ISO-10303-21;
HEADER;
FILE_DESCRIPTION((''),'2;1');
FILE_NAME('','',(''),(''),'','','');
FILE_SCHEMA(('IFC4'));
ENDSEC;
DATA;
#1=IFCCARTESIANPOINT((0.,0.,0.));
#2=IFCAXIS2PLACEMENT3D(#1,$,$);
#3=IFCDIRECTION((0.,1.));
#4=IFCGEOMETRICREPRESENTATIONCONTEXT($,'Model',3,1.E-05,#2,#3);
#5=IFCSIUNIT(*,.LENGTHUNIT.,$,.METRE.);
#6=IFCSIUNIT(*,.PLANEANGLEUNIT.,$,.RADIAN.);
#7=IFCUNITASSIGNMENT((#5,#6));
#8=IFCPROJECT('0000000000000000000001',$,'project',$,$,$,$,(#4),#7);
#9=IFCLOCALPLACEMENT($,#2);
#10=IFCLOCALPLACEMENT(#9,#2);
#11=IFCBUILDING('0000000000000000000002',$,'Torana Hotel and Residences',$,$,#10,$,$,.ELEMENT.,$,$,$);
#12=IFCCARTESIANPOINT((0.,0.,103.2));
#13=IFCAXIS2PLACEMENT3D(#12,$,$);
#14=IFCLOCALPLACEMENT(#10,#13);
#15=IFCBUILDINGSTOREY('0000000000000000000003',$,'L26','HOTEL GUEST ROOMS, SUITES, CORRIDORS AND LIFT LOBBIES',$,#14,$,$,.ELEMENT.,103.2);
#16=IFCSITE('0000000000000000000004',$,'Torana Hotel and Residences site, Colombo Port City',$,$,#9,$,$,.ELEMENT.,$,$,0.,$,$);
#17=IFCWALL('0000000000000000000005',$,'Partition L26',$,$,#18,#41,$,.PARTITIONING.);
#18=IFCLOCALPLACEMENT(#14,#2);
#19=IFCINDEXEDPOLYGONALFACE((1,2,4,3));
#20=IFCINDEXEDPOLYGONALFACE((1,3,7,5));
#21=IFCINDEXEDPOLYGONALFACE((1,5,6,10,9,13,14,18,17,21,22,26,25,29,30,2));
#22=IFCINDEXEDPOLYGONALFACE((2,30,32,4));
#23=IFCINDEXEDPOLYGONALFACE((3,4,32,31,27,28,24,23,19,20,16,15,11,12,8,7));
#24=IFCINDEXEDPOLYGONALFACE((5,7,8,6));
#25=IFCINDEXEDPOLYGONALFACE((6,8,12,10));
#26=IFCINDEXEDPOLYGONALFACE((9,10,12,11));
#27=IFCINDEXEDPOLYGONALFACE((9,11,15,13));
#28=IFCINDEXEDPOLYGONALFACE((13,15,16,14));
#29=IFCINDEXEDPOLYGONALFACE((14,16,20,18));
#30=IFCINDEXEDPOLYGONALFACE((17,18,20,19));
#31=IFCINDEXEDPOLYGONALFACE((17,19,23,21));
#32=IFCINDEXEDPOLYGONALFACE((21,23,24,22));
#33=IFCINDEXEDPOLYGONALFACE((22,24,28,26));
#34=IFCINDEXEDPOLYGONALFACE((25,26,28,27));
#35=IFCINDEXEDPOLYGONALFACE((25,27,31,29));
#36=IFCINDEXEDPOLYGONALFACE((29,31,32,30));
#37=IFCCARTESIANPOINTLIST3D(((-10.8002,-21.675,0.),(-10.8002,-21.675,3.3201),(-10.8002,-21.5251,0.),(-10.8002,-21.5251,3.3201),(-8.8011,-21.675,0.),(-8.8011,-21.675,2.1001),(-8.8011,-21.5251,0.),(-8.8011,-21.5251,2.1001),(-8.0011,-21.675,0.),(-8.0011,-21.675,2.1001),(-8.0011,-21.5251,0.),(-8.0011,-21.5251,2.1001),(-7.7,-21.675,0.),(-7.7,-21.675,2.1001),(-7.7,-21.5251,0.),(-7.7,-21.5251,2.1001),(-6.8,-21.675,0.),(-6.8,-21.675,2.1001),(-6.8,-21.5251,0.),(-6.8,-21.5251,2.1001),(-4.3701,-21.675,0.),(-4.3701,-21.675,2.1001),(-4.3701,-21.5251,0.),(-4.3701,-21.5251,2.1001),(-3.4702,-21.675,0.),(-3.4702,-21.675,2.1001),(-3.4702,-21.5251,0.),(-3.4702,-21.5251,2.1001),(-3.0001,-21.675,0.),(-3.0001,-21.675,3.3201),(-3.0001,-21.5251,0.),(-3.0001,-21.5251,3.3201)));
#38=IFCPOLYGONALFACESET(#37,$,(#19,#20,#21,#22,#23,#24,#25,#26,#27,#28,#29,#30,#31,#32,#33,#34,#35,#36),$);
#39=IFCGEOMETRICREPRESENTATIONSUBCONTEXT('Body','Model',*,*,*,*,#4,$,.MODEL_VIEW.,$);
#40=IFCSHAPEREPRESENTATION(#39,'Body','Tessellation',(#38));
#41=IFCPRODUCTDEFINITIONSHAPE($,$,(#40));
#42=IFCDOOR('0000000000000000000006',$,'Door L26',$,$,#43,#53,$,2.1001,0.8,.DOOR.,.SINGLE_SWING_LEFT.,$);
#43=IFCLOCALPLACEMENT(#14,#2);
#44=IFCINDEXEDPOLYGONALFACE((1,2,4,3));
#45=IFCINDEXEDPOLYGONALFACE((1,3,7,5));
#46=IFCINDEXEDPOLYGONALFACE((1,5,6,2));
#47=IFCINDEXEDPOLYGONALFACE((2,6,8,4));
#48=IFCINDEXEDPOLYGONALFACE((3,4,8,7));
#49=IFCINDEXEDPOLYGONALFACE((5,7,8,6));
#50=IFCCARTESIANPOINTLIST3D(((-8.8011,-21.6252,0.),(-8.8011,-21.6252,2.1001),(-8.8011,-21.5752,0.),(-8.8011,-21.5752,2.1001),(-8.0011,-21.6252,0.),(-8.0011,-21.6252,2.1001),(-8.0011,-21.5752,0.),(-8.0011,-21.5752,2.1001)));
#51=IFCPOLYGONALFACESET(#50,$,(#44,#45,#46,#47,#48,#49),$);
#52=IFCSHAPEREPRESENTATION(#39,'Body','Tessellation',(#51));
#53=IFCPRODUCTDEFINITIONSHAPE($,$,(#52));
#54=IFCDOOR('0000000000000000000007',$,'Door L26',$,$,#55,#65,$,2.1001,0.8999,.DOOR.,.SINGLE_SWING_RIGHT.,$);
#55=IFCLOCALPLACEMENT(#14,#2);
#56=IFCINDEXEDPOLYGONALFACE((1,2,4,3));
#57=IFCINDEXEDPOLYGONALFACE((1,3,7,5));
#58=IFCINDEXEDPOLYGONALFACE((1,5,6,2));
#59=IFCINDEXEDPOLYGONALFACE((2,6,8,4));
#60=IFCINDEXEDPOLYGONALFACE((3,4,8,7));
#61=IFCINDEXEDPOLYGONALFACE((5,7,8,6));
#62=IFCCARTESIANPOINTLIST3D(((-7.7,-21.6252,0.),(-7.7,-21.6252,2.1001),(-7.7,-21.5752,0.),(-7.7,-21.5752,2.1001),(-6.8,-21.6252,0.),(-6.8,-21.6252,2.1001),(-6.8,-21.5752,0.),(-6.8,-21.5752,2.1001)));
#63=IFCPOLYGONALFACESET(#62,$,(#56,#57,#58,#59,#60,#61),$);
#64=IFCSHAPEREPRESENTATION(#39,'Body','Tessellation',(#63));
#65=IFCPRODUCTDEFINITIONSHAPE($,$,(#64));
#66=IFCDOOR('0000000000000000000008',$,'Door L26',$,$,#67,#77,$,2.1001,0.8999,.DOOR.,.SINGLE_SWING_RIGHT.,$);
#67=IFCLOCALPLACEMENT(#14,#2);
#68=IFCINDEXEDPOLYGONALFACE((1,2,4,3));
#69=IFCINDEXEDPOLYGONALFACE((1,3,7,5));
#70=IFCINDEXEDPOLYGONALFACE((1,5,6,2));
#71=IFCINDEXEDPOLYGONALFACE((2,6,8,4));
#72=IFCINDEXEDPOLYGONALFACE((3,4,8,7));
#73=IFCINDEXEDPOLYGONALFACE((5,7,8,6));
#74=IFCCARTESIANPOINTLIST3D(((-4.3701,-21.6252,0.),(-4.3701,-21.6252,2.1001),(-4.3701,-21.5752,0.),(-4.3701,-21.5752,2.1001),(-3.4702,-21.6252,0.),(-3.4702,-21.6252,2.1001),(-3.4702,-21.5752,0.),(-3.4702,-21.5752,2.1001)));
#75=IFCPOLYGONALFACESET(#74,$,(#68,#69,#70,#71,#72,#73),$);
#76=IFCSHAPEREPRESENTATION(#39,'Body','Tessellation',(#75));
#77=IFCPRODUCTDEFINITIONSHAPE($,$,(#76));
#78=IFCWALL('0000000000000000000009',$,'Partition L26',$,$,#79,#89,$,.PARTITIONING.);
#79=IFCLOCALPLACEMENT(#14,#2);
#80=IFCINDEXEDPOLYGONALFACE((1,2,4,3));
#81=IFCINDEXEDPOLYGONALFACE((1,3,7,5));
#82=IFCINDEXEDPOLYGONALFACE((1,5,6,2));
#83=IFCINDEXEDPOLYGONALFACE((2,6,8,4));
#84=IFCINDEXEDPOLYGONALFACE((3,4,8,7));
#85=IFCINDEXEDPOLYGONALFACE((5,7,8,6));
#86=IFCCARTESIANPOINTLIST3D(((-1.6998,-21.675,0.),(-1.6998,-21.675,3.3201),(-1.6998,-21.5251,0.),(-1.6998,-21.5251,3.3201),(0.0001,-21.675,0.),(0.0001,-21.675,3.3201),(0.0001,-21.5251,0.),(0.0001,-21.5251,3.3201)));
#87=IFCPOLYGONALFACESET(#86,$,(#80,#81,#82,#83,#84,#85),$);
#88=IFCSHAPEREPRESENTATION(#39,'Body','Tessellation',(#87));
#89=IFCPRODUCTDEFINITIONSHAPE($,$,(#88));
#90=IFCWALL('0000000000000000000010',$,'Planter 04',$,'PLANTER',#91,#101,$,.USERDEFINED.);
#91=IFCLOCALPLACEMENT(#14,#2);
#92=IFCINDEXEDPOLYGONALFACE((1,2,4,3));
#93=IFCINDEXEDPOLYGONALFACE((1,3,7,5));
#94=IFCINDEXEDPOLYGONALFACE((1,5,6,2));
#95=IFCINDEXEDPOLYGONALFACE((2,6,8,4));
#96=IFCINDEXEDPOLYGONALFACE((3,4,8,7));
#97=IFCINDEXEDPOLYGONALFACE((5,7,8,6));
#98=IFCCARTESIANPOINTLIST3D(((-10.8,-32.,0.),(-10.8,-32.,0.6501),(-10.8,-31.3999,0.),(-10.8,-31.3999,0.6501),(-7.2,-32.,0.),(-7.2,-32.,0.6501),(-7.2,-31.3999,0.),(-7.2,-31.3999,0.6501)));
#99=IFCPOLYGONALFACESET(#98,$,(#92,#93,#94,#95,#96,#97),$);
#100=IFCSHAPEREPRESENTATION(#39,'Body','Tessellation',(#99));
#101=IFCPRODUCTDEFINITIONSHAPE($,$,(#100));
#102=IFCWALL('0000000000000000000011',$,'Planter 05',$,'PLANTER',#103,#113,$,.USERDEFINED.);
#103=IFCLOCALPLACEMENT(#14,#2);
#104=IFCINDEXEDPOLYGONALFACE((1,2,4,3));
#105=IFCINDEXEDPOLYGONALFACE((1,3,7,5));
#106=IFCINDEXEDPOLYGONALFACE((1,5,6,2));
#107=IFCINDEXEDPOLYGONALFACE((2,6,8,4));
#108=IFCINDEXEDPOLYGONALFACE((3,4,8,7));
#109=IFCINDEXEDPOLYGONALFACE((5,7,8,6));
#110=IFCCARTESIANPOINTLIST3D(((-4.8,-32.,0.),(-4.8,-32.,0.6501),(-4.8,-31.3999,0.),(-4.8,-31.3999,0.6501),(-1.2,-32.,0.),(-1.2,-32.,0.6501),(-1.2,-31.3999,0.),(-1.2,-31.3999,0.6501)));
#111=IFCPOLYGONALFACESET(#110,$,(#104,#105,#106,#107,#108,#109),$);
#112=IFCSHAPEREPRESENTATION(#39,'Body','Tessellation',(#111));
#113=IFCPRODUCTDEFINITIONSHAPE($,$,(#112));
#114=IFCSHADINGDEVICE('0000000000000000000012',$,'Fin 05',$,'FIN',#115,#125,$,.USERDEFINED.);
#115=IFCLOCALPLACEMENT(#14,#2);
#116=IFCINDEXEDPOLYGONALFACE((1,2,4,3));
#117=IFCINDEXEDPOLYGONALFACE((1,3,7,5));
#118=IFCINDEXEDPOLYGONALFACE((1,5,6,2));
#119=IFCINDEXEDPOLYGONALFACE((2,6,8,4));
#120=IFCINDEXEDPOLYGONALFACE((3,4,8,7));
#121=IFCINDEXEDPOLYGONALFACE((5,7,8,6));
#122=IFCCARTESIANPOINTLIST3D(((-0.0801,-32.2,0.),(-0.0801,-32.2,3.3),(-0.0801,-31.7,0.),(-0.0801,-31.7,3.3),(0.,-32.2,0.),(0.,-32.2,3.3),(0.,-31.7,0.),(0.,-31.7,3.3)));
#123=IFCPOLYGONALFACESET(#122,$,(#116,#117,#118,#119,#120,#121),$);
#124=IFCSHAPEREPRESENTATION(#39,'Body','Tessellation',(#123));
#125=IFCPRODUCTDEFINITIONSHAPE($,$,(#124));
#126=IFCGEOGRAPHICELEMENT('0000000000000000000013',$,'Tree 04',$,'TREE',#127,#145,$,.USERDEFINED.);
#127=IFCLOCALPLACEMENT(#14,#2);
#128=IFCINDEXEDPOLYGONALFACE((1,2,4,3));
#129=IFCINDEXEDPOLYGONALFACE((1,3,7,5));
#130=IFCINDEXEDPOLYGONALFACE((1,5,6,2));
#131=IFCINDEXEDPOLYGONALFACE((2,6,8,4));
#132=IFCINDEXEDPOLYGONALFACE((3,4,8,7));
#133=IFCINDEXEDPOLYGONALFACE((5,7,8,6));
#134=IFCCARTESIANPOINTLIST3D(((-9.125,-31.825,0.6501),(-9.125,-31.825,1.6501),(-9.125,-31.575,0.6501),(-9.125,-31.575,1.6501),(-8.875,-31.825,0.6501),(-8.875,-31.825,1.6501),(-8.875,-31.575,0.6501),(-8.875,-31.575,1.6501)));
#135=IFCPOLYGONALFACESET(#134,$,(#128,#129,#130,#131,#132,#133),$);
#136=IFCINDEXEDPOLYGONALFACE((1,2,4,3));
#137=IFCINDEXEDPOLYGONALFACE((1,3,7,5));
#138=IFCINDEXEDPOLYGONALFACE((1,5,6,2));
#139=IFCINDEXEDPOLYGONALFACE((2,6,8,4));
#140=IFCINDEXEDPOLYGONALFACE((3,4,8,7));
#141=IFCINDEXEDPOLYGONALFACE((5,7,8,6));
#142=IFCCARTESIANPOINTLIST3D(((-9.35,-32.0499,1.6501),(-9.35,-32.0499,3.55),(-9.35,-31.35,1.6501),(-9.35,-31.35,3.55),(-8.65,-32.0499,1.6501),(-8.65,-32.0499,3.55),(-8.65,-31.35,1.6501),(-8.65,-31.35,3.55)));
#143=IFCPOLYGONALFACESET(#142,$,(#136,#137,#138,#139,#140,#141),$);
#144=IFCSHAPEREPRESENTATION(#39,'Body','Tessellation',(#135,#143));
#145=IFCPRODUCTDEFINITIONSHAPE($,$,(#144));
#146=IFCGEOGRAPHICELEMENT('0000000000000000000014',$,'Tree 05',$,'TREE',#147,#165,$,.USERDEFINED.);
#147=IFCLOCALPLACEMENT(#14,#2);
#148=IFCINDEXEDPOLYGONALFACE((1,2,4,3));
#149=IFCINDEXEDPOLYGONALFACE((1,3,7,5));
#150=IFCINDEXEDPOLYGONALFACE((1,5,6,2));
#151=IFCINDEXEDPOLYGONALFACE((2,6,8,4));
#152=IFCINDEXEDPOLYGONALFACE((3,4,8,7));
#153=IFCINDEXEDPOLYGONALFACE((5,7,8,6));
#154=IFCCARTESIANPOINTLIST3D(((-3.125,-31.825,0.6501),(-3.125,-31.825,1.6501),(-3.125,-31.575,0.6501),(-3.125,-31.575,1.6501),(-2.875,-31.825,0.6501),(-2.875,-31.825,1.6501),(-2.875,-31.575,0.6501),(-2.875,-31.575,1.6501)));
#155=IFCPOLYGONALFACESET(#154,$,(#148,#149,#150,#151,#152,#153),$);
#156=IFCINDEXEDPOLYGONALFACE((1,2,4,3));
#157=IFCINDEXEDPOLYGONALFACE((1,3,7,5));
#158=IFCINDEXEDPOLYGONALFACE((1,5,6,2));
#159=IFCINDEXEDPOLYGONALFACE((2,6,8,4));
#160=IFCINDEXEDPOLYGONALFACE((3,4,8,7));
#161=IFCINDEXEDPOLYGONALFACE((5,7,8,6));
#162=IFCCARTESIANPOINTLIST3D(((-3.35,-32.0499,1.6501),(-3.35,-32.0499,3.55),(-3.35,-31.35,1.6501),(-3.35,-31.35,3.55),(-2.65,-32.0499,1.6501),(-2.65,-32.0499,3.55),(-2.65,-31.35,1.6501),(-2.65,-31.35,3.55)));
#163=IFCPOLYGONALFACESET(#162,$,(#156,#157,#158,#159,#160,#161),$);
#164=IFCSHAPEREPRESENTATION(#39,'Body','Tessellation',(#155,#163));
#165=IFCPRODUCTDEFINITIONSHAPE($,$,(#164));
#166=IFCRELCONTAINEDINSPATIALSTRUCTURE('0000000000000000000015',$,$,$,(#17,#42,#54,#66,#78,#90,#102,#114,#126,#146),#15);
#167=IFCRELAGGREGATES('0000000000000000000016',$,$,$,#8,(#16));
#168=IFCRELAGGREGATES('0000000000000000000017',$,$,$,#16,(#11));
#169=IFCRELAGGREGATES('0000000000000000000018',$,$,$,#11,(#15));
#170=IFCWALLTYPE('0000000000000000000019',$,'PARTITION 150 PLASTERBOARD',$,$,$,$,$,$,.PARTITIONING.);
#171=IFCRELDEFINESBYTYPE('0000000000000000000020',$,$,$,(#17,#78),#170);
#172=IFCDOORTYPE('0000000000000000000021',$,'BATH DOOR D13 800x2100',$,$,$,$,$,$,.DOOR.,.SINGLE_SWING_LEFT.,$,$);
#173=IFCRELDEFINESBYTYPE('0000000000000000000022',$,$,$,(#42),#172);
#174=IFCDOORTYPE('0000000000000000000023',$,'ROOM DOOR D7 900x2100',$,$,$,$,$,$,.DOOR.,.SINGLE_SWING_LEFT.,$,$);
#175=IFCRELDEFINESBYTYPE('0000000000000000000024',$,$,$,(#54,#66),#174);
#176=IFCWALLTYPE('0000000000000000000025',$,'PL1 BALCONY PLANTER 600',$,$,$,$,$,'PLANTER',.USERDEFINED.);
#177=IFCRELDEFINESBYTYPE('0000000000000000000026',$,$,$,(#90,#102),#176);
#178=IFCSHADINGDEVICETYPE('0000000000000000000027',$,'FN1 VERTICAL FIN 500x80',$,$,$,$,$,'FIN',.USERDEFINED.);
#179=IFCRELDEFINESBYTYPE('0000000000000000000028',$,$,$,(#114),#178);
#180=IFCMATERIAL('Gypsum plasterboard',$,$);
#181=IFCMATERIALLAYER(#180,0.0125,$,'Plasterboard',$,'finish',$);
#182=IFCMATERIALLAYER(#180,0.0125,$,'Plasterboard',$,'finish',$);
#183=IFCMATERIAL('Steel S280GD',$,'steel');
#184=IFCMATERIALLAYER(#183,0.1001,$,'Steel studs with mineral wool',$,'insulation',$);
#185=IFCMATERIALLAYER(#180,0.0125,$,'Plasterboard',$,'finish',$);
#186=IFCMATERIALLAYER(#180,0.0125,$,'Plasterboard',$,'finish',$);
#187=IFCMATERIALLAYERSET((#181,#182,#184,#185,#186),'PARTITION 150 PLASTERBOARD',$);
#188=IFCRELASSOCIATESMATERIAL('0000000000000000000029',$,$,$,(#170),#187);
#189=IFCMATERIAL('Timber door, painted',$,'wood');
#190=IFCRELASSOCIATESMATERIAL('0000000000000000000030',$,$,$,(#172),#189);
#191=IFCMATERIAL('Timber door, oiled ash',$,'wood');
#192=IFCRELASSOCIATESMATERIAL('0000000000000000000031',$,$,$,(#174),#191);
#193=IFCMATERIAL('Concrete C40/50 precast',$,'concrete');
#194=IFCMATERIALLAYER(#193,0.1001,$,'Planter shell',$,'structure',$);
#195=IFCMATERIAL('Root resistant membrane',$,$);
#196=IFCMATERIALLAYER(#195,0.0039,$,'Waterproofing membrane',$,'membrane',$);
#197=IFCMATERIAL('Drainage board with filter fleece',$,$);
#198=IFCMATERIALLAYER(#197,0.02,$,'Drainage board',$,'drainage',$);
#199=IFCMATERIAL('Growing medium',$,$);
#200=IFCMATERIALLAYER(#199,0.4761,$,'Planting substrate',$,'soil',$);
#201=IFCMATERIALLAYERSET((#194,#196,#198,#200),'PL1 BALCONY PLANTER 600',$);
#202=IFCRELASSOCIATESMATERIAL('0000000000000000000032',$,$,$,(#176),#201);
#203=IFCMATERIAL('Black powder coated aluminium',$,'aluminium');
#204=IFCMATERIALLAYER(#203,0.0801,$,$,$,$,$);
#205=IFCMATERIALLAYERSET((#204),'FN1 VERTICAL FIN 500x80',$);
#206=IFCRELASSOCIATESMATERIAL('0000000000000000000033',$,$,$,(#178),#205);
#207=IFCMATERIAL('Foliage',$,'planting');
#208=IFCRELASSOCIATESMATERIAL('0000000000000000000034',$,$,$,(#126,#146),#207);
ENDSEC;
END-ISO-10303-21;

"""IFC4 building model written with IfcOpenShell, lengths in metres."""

from ifc_helpers import new_model, si_unit, direction, frame, frame_2d, origin, origin_2d, place, context, subcontext, project, spatial, rectangle, extrude, material, layer, layer_set, type_object, element, fill, save


model = new_model("IFC4")

# Units and contexts
model_context = context("Model", 3, precision=1e-05, world=origin(), true_north=direction((0.0, 1.0)))
body_context = subcontext(model_context, "Body", "Model", "MODEL_VIEW")
ifc_project = project(units=[si_unit("LENGTHUNIT", "METRE"), si_unit("PLANEANGLEUNIT", "RADIAN")], contexts=[model_context])

# Site, building, storey
site_placement = place(None, origin())
site = spatial("IfcSite", under=ifc_project, at=site_placement, Name="Torana Hotel and Residences site, Colombo Port City", CompositionType="ELEMENT", RefElevation=0.0)
building_placement = place(site_placement, origin())
building = spatial("IfcBuilding", under=site, at=building_placement, Name="Torana Hotel and Residences", CompositionType="ELEMENT")
storey_placement = place(building_placement, frame((0.0, 0.0, 103.2)))
storey = spatial("IfcBuildingStorey", under=building, at=storey_placement, Name="L26", Description="HOTEL GUEST ROOMS, SUITES, CORRIDORS AND LIFT LOBBIES", CompositionType="ELEMENT", Elevation=103.2)

# Shared definitions
ifc_material_1 = material(Name="Gypsum plasterboard")
ifc_layer_1 = layer(ifc_material_1, 0.0125, Name="Plasterboard", Category="finish")
ifc_layer_2 = layer(ifc_material_1, 0.0125, Name="Plasterboard", Category="finish")
ifc_material_2 = material(Name="Steel S280GD", Category="steel")
ifc_layer_3 = layer(ifc_material_2, 0.1001, Name="Steel studs with mineral wool", Category="insulation")
ifc_layer_4 = layer(ifc_material_1, 0.0125, Name="Plasterboard", Category="finish")
ifc_layer_5 = layer(ifc_material_1, 0.0125, Name="Plasterboard", Category="finish")
ifc_layer_set_1 = layer_set([ifc_layer_1, ifc_layer_2, ifc_layer_3, ifc_layer_4, ifc_layer_5], Name="PARTITION 150 PLASTERBOARD")
wall_type_1 = type_object("IfcWallType", Name="PARTITION 150 PLASTERBOARD", PredefinedType="PARTITIONING", material=ifc_layer_set_1)
ifc_material_3 = material(Name="Timber door, painted", Category="wood")
door_type_1 = type_object("IfcDoorType", Name="BATH DOOR D13 800x2100", OperationType="SINGLE_SWING_LEFT", PredefinedType="DOOR", material=ifc_material_3)

# Shared definitions
ifc_material_4 = material(Name="Timber door, oiled ash", Category="wood")
door_type_2 = type_object("IfcDoorType", Name="ROOM DOOR D7 900x2100", OperationType="SINGLE_SWING_LEFT", PredefinedType="DOOR", material=ifc_material_4)

# Wall, openings, doors
wall_1_placement = place(storey_placement, frame((-10.8, -21.6001, 0.0), z_axis=(0.0, 0.0, 1.0), x_axis=(1.0, 0.0, 0.0)))
wall_1 = element("IfcWall", 1, at=wall_1_placement, inside=storey, type_object=wall_type_1, Name="Partition L26", PredefinedType="PARTITIONING", context=body_context, shape_type="SweptSolid", body=[
    extrude(rectangle(XDim=7.8, YDim=0.1499, at=frame_2d((3.8999, 0.0))), origin(), (0.0, 0.0, 1.0), 3.3201),
])
opening_1_placement = place(wall_1_placement, frame((1.999, 0.0, 0.0)))
opening_1 = element("IfcOpeningElement", 2, at=opening_1_placement, cuts=wall_1, PredefinedType="OPENING", context=body_context, shape_type="SweptSolid", body=[
    extrude(rectangle(XDim=0.8, YDim=2.1001, at=frame_2d((0.3999, 1.05))), frame((0.0, 0.085, 0.0), z_axis=(0.0, -1.0, 0.0), x_axis=(1.0, 0.0, 0.0)), (0.0, 0.0, 1.0), 0.1699),
])
opening_2_placement = place(wall_1_placement, frame((3.1001, 0.0, 0.0)))
opening_2 = element("IfcOpeningElement", 3, at=opening_2_placement, cuts=wall_1, PredefinedType="OPENING", context=body_context, shape_type="SweptSolid", body=[
    extrude(rectangle(XDim=0.8999, YDim=2.1001, at=frame_2d((0.45, 1.05))), frame((0.0, 0.085, 0.0), z_axis=(0.0, -1.0, 0.0), x_axis=(1.0, 0.0, 0.0)), (0.0, 0.0, 1.0), 0.1699),
])
opening_3_placement = place(wall_1_placement, frame((6.4299, 0.0, 0.0)))
opening_3 = element("IfcOpeningElement", 4, at=opening_3_placement, cuts=wall_1, PredefinedType="OPENING", context=body_context, shape_type="SweptSolid", body=[
    extrude(rectangle(XDim=0.8999, YDim=2.1001, at=frame_2d((0.45, 1.05))), frame((0.0, 0.085, 0.0), z_axis=(0.0, -1.0, 0.0), x_axis=(1.0, 0.0, 0.0)), (0.0, 0.0, 1.0), 0.1699),
])
door_1_placement = place(opening_1_placement, origin())
door_1 = element("IfcDoor", 5, at=door_1_placement, inside=storey, type_object=door_type_1, Name="Door L26", OperationType="SINGLE_SWING_LEFT", OverallHeight=2.1001, OverallWidth=0.8, PredefinedType="DOOR", context=body_context, shape_type="SweptSolid", body=[
    extrude(rectangle(XDim=0.8, YDim=2.1001, at=frame_2d((0.3999, 1.05))), frame((0.0, 0.0249, 0.0), z_axis=(0.0, -1.0, 0.0), x_axis=(1.0, 0.0, 0.0)), (0.0, 0.0, 1.0), 0.05),
])
fill(opening_1, door_1)
door_2_placement = place(opening_2_placement, frame((0.45, 0.0, 0.0), z_axis=(0.0, 0.0, 1.0), x_axis=(-1.0, 0.0, 0.0)))
door_2 = element("IfcDoor", 6, at=door_2_placement, inside=storey, type_object=door_type_2, Name="Door L26", OperationType="SINGLE_SWING_RIGHT", OverallHeight=2.1001, OverallWidth=0.8999, PredefinedType="DOOR", context=body_context, shape_type="SweptSolid", body=[
    extrude(rectangle(XDim=0.8999, YDim=2.1001, at=frame_2d((0.0, 1.05))), frame((0.0, -0.0249, 0.0), z_axis=(0.0, 1.0, 0.0), x_axis=(-1.0, 0.0, 0.0)), (0.0, 0.0, 1.0), 0.05),
])
fill(opening_2, door_2)
door_3_placement = place(opening_3_placement, origin())
door_3 = element("IfcDoor", 7, at=door_3_placement, inside=storey, type_object=door_type_2, Name="Door L26", OperationType="SINGLE_SWING_RIGHT", OverallHeight=2.1001, OverallWidth=0.8999, PredefinedType="DOOR", context=body_context, shape_type="SweptSolid", body=[
    extrude(rectangle(XDim=0.8999, YDim=2.1001, at=frame_2d((0.45, 1.05))), frame((0.0, 0.0249, 0.0), z_axis=(0.0, -1.0, 0.0), x_axis=(1.0, 0.0, 0.0)), (0.0, 0.0, 1.0), 0.05),
])
fill(opening_3, door_3)

# Walls
wall_2_placement = place(storey_placement, frame((-1.7, -21.6001, 0.0), z_axis=(0.0, 0.0, 1.0), x_axis=(1.0, 0.0, 0.0)))
element("IfcWall", 8, at=wall_2_placement, inside=storey, type_object=wall_type_1, Name="Partition L26", PredefinedType="PARTITIONING", context=body_context, shape_type="SweptSolid", body=[
    extrude(rectangle(XDim=1.7, YDim=0.1499, at=frame_2d((0.8501, 0.0))), origin(), (0.0, 0.0, 1.0), 3.3201),
])
ifc_material_5 = material(Name="Concrete C40/50 precast", Category="concrete")
ifc_layer_6 = layer(ifc_material_5, 0.1001, Name="Planter shell", Category="structure")
ifc_material_6 = material(Name="Root resistant membrane")
ifc_layer_7 = layer(ifc_material_6, 0.0039, Name="Waterproofing membrane", Category="membrane")
ifc_material_7 = material(Name="Drainage board with filter fleece")
ifc_layer_8 = layer(ifc_material_7, 0.02, Name="Drainage board", Category="drainage")
ifc_material_8 = material(Name="Growing medium")
ifc_layer_9 = layer(ifc_material_8, 0.4761, Name="Planting substrate", Category="soil")
ifc_layer_set_2 = layer_set([ifc_layer_6, ifc_layer_7, ifc_layer_8, ifc_layer_9], Name="PL1 BALCONY PLANTER 600")
wall_type_2 = type_object("IfcWallType", Name="PL1 BALCONY PLANTER 600", ElementType="PLANTER", PredefinedType="USERDEFINED", material=ifc_layer_set_2)
for number, where, z_axis, x_axis, name in (
    (9, (-7.2, -31.7, 0.0), (0.0, 0.0, 1.0), (-1.0, 0.0, 0.0), "Planter 04"),
    (10, (-1.2, -31.7, 0.0), (0.0, 0.0, 1.0), (-1.0, 0.0, 0.0), "Planter 05"),
):
    element("IfcWall", number, at=place(storey_placement, frame(where, z_axis=z_axis, x_axis=x_axis)), inside=storey, type_object=wall_type_2, Name=name, ObjectType="PLANTER", PredefinedType="USERDEFINED", context=body_context, shape_type="SweptSolid", body=[
        extrude(rectangle(XDim=3.6001, YDim=0.6001, at=frame_2d((1.8, 0.0))), origin(), (0.0, 0.0, 1.0), 0.6501),
    ])

# Shading device
ifc_material_9 = material(Name="Black powder coated aluminium", Category="aluminium")
ifc_layer_10 = layer(ifc_material_9, 0.0801)
ifc_layer_set_3 = layer_set([ifc_layer_10], Name="FN1 VERTICAL FIN 500x80")
shading_device_type = type_object("IfcShadingDeviceType", Name="FN1 VERTICAL FIN 500x80", ElementType="FIN", PredefinedType="USERDEFINED", material=ifc_layer_set_3)
shading_device_placement = place(storey_placement, frame((-0.04, -31.95, 0.0), z_axis=(0.0, 0.0, 1.0), x_axis=(-1.0, 0.0, 0.0)))
element("IfcShadingDevice", 11, at=shading_device_placement, inside=storey, type_object=shading_device_type, Name="Fin 05", ObjectType="FIN", PredefinedType="USERDEFINED", context=body_context, shape_type="SweptSolid", body=[
    extrude(rectangle(XDim=0.0801, YDim=0.5, at=origin_2d()), origin(), (0.0, 0.0, 1.0), 3.3),
])

# Geographic elements
ifc_material_10 = material(Name="Foliage", Category="planting")
for number, where, z_axis, x_axis, name in (
    (12, (-9.0, -31.7, 0.6501), (0.0, 0.0, 1.0), (1.0, 0.0, 0.0), "Tree 04"),
    (13, (-3.0, -31.7, 0.6501), (0.0, 0.0, 1.0), (1.0, 0.0, 0.0), "Tree 05"),
):
    element("IfcGeographicElement", number, at=place(storey_placement, frame(where, z_axis=z_axis, x_axis=x_axis)), inside=storey, material=ifc_material_10, Name=name, ObjectType="TREE", PredefinedType="USERDEFINED", context=body_context, shape_type="SweptSolid", body=[
        extrude(rectangle(XDim=0.25, YDim=0.25, at=origin_2d()), origin(), (0.0, 0.0, 1.0), 1.0),
        extrude(rectangle(XDim=0.7, YDim=0.7, at=origin_2d()), frame((0.0, 0.0, 1.0)), (0.0, 0.0, 1.0), 1.8999),
    ])

save(model, "model.ifc")
